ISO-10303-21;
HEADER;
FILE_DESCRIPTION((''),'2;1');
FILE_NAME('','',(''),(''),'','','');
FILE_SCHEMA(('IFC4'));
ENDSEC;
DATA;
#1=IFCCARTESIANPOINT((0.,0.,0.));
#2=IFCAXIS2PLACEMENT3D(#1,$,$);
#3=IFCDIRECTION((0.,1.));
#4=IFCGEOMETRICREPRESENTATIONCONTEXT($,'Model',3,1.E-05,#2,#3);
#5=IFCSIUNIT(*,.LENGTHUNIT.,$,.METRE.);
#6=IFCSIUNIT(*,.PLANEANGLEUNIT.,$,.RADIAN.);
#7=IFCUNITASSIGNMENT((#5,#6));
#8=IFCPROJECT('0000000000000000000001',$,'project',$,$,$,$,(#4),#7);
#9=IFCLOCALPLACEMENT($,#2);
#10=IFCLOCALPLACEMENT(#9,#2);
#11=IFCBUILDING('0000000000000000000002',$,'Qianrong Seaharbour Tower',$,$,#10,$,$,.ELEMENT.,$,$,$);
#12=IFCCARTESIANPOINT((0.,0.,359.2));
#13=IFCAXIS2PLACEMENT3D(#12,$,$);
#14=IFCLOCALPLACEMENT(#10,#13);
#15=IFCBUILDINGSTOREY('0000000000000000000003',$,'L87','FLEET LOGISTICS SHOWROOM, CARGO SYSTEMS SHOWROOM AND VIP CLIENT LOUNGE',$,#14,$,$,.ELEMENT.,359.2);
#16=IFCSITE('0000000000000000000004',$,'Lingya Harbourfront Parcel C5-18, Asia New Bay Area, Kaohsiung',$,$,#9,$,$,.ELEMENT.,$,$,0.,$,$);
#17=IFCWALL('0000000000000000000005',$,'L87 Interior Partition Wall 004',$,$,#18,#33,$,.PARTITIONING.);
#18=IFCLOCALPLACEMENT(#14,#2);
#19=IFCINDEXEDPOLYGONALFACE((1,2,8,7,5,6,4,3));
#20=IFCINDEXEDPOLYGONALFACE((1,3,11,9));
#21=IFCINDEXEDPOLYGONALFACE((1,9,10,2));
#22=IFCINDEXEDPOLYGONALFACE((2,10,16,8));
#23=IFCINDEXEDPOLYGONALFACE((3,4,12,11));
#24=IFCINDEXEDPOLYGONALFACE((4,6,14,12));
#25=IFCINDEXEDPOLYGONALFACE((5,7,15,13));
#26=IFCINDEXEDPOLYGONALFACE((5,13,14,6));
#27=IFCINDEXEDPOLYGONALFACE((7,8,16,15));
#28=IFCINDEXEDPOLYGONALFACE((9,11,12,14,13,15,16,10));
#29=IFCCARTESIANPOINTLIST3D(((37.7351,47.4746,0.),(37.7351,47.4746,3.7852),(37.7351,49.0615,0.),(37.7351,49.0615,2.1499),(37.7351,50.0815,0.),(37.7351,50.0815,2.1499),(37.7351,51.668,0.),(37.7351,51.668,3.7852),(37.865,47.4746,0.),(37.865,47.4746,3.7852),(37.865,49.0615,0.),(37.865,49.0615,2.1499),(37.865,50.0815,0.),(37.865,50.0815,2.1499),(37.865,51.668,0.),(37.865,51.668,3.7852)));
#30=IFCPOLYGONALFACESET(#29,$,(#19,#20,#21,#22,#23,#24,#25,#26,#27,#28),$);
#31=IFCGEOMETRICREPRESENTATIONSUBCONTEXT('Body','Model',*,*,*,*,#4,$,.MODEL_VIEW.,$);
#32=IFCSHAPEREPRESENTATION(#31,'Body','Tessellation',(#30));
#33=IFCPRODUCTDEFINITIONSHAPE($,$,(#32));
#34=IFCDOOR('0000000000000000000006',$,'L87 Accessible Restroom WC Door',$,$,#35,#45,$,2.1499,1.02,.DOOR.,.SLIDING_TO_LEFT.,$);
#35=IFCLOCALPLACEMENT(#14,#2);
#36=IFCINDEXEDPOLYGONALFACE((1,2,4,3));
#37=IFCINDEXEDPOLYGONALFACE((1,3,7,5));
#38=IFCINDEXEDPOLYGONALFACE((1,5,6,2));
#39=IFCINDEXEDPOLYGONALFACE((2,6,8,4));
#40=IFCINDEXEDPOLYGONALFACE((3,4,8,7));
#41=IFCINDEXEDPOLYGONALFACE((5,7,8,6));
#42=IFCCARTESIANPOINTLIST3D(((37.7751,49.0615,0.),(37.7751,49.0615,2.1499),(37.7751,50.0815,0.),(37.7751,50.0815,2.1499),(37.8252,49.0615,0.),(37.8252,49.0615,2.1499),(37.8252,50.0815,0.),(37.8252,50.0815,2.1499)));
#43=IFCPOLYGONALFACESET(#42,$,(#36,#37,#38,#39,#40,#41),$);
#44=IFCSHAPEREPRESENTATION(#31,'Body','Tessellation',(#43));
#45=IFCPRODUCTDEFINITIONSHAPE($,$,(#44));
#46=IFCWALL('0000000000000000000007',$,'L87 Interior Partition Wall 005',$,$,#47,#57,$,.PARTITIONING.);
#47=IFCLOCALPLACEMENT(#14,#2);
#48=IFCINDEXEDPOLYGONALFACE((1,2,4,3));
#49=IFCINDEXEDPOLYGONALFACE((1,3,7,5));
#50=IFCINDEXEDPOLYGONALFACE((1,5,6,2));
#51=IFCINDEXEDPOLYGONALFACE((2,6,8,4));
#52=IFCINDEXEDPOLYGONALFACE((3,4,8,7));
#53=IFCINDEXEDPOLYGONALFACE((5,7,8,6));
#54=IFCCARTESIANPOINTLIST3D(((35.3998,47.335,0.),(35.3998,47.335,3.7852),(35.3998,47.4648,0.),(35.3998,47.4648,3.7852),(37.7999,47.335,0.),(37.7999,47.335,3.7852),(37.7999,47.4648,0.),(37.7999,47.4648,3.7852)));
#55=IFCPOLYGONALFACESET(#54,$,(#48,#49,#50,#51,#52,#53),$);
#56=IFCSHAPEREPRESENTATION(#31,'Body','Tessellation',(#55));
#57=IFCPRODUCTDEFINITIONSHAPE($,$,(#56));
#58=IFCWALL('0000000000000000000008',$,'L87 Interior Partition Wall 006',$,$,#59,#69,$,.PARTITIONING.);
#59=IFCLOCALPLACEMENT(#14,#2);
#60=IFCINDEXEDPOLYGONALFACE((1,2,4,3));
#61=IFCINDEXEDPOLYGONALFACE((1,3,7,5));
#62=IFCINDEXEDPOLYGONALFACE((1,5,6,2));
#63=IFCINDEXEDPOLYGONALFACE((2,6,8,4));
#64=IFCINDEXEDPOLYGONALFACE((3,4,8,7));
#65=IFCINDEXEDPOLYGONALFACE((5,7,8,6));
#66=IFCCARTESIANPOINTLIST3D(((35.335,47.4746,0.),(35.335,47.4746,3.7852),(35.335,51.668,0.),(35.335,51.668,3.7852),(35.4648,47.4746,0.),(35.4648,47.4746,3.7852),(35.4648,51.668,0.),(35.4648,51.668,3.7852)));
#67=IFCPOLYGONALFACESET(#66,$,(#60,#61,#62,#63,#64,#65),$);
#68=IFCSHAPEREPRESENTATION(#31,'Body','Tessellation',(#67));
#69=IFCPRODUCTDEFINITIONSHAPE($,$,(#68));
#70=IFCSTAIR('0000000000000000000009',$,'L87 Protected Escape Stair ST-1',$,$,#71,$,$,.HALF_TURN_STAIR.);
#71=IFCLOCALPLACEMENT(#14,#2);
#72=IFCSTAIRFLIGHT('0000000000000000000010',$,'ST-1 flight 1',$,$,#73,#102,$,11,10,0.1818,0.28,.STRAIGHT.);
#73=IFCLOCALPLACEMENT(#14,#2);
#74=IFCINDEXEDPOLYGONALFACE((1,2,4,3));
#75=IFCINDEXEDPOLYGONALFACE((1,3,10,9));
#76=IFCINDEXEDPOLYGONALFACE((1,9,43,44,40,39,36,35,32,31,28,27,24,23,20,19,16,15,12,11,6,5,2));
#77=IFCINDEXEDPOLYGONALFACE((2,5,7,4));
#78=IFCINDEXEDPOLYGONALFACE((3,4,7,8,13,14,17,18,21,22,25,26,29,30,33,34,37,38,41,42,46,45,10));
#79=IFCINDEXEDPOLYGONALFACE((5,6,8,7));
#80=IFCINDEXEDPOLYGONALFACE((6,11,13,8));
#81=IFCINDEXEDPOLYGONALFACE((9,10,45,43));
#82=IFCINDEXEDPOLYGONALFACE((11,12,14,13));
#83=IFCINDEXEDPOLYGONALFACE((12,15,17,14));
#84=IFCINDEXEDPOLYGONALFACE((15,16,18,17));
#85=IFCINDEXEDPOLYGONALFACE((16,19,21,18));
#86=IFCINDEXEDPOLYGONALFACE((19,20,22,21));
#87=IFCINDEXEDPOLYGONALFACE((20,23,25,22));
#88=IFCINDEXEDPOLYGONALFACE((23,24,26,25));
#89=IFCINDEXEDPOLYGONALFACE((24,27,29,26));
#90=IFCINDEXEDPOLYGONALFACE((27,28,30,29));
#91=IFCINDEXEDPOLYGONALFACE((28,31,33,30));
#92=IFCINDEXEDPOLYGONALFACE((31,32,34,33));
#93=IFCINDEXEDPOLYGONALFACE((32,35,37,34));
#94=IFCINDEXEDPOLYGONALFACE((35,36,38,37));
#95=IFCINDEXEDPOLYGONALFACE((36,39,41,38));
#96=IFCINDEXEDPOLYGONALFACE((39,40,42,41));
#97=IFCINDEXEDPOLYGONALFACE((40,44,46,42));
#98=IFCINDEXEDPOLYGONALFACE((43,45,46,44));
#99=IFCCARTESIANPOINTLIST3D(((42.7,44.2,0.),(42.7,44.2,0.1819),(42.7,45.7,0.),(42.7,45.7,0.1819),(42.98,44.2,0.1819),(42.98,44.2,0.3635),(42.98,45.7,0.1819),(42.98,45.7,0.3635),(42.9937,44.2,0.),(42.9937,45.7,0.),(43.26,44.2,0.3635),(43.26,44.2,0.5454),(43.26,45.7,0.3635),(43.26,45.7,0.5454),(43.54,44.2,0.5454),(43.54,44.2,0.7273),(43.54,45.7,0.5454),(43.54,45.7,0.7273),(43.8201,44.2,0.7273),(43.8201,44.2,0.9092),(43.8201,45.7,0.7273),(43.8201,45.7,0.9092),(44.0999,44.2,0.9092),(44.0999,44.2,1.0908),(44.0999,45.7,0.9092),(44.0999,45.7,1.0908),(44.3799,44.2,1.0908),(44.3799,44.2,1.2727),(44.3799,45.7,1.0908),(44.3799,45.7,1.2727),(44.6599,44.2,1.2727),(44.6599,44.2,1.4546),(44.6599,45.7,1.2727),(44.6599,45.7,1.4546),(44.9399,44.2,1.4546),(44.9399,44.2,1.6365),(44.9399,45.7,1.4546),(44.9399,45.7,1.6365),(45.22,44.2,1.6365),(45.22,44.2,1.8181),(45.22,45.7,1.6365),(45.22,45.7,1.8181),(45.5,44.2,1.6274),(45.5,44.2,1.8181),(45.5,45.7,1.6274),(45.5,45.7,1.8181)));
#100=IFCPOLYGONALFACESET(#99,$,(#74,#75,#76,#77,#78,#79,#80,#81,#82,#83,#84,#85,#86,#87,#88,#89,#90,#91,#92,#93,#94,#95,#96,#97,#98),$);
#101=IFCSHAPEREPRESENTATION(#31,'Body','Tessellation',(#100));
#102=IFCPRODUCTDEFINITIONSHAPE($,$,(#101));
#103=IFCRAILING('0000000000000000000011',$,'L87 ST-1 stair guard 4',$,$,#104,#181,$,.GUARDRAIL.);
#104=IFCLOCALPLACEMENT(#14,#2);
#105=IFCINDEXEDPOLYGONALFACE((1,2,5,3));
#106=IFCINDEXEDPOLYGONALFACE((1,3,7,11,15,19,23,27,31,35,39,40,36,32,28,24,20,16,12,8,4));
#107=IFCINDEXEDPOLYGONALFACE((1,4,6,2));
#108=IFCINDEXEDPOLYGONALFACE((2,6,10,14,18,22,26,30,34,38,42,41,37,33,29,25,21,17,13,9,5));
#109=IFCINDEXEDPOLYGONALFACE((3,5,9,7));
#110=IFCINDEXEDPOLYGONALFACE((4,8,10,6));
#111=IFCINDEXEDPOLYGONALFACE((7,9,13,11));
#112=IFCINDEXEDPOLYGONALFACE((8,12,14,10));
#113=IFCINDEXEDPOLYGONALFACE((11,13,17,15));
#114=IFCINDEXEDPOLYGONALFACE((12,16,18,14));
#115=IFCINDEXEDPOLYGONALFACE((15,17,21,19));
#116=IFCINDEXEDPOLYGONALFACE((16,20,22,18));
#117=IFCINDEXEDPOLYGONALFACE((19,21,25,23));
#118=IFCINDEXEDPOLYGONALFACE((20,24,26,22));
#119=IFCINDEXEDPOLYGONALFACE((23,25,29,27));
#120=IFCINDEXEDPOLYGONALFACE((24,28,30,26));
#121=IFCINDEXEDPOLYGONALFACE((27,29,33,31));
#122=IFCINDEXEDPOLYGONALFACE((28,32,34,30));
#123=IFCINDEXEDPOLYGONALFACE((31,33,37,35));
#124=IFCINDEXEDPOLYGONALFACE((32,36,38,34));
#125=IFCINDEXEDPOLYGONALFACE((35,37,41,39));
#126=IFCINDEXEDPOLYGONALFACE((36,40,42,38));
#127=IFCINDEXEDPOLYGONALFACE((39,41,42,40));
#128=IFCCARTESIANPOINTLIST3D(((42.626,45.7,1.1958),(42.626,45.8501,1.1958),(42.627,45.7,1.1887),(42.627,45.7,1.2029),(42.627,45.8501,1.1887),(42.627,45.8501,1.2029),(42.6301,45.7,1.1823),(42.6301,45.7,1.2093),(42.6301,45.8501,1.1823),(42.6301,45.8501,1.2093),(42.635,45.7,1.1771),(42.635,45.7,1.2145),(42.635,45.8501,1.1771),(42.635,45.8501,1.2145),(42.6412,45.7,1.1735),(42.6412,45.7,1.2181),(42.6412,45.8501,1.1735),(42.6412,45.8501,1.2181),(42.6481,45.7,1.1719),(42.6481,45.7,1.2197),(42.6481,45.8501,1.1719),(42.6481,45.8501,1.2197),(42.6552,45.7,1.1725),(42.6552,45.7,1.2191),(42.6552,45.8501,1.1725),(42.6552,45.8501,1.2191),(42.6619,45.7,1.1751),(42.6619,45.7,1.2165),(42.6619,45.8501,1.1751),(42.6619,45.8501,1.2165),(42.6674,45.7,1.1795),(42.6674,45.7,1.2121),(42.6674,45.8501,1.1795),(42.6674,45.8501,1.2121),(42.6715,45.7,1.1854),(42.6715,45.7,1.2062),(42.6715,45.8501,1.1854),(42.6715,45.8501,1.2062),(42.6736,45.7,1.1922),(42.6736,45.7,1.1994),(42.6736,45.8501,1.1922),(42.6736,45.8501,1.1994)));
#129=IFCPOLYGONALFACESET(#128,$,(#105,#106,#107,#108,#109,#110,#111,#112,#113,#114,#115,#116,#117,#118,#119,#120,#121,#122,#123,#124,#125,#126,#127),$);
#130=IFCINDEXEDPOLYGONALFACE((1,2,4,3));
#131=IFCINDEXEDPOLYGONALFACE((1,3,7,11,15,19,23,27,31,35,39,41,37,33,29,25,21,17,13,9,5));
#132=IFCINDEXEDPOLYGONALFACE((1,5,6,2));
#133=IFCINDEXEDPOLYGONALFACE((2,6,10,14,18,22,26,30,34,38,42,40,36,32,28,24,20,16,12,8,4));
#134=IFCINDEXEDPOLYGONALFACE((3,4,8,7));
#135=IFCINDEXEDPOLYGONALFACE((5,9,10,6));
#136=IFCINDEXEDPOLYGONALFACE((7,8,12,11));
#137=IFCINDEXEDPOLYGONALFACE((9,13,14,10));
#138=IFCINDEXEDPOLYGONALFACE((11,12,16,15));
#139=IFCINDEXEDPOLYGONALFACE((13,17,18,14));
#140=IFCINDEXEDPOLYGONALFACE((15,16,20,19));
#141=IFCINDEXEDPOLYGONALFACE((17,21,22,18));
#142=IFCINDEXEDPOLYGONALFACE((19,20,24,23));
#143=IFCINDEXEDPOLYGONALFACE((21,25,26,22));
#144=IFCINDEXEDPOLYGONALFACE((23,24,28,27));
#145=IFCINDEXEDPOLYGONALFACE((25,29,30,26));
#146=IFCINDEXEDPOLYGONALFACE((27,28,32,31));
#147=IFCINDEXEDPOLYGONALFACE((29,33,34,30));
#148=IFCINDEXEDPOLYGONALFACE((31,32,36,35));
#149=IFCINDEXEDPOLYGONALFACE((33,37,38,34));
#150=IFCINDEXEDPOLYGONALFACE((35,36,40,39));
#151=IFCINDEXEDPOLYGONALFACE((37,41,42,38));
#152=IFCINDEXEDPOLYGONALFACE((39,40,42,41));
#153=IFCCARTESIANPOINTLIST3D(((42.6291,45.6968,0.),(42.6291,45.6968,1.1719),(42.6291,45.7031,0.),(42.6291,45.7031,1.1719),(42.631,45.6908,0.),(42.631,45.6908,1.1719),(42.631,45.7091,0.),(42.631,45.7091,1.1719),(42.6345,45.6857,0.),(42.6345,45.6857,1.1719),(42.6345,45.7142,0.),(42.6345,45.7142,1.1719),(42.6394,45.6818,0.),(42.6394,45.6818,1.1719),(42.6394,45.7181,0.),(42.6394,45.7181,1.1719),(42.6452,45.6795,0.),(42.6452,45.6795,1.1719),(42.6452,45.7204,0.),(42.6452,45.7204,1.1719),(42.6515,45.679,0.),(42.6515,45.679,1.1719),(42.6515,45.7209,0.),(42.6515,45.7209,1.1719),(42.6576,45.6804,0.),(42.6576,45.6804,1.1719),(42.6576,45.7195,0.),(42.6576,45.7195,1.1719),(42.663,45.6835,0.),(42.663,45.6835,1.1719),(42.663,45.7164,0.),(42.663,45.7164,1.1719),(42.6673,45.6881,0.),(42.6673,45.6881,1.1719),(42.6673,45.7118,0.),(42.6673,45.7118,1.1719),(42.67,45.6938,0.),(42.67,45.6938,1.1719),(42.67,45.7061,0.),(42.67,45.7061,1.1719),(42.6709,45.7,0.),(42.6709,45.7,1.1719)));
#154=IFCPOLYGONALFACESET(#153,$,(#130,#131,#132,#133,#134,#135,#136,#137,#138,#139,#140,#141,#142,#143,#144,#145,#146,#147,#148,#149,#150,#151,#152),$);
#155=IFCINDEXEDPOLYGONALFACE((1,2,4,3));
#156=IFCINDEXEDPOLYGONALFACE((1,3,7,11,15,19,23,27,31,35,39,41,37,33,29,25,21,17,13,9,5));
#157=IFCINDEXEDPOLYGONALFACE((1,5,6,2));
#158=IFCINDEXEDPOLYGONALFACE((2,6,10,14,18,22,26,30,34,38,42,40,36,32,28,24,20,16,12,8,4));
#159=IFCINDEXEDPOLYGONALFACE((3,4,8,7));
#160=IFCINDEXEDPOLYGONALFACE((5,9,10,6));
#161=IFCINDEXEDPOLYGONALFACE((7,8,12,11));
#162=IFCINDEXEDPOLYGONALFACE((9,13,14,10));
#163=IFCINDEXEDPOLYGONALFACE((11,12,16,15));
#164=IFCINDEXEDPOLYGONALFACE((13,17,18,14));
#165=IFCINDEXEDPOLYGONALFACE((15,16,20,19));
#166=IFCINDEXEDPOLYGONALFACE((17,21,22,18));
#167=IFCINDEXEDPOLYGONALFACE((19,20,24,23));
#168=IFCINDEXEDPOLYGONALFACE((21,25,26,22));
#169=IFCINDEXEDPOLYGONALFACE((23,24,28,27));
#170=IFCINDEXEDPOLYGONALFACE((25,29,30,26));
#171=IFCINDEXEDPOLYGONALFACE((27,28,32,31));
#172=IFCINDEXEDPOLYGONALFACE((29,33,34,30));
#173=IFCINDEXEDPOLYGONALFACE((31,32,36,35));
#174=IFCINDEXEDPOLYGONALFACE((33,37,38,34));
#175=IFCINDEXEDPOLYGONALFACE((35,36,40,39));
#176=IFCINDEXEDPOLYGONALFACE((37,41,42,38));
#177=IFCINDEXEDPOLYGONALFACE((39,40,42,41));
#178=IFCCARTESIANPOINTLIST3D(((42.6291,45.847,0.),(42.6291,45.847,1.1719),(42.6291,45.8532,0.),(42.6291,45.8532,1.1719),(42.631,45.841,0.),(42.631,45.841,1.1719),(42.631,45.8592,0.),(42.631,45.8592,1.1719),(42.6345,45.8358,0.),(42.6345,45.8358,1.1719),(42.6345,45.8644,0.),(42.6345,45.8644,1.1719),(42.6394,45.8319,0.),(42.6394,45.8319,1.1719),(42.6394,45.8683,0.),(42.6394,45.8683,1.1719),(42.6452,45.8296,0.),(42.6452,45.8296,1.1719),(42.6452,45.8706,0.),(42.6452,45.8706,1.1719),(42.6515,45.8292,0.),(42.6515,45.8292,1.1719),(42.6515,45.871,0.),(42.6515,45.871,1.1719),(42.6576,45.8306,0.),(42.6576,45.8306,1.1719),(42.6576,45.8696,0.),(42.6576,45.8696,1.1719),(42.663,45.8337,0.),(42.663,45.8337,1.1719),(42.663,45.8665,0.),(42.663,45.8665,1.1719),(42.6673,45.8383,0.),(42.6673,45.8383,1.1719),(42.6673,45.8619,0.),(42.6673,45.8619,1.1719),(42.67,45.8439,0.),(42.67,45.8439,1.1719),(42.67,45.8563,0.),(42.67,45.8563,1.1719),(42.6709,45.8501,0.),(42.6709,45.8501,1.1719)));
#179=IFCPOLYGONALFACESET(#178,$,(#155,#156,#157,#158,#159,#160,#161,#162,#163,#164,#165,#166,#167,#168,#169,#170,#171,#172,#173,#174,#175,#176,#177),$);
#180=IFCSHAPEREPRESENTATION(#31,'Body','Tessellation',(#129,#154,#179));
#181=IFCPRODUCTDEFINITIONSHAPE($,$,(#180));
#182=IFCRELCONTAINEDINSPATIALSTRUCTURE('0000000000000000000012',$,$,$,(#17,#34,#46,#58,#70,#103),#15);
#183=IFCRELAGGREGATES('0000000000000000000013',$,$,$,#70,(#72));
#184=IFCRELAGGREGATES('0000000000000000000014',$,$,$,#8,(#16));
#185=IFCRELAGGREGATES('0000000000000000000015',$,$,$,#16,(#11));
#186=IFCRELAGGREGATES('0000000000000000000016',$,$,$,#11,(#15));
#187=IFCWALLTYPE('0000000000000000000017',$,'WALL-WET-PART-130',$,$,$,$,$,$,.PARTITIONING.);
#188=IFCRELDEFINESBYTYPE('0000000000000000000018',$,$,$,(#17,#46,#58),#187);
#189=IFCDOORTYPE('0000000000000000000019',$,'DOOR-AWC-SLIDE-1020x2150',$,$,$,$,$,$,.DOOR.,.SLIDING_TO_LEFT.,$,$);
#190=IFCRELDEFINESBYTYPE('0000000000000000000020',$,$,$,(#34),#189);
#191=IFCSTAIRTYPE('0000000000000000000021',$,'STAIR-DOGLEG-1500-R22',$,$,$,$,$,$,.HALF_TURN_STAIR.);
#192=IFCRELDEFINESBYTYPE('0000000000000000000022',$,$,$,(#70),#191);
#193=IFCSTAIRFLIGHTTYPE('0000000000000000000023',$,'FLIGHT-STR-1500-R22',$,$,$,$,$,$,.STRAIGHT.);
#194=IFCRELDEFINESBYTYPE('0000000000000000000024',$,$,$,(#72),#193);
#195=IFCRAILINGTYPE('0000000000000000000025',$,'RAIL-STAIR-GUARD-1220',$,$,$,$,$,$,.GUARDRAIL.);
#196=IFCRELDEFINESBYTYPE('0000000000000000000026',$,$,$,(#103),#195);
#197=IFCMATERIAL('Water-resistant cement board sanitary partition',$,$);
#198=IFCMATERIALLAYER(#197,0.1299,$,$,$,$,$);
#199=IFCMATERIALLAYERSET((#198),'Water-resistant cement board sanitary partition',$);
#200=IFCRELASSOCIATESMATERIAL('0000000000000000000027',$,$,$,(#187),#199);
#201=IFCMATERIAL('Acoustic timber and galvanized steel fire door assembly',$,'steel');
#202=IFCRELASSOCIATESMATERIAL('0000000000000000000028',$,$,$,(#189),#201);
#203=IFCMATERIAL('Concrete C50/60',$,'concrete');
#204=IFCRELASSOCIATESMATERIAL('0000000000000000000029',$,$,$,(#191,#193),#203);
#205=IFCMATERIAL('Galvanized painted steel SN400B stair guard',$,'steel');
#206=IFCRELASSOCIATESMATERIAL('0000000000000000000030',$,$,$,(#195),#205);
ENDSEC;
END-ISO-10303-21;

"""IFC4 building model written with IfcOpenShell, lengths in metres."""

from ifc_helpers import new_model, si_unit, direction, frame, frame_2d, origin, origin_2d, place, context, subcontext, project, spatial, polyline, rectangle, circle, outline, extrude, material, layer, layer_set, type_object, element, fill, aggregate, save


model = new_model("IFC4")

# Units and contexts
model_context = context("Model", 3, precision=1e-05, world=origin(), true_north=direction((0.0, 1.0)))
body_context = subcontext(model_context, "Body", "Model", "MODEL_VIEW")
ifc_project = project(units=[si_unit("LENGTHUNIT", "METRE"), si_unit("PLANEANGLEUNIT", "RADIAN")], contexts=[model_context])

# Site, building, storey
site_placement = place(None, origin())
site = spatial("IfcSite", under=ifc_project, at=site_placement, Name="Lingya Harbourfront Parcel C5-18, Asia New Bay Area, Kaohsiung", CompositionType="ELEMENT", RefElevation=0.0)
building_placement = place(site_placement, origin())
building = spatial("IfcBuilding", under=site, at=building_placement, Name="Qianrong Seaharbour Tower", CompositionType="ELEMENT")
storey_placement = place(building_placement, frame((0.0, 0.0, 359.2)))
storey = spatial("IfcBuildingStorey", under=building, at=storey_placement, Name="L87", Description="FLEET LOGISTICS SHOWROOM, CARGO SYSTEMS SHOWROOM AND VIP CLIENT LOUNGE", CompositionType="ELEMENT", Elevation=359.2)

# Shared definitions
ifc_material_1 = material(Name="Concrete C50/60", Category="concrete")

# Shared definitions
ifc_material_2 = material(Name="Acoustic timber and galvanized steel fire door assembly", Category="steel")

# Wall, opening, door
ifc_material_3 = material(Name="Water-resistant cement board sanitary partition")
ifc_layer_1 = layer(ifc_material_3, 0.1299)
ifc_layer_set_1 = layer_set([ifc_layer_1], Name="Water-resistant cement board sanitary partition")
wall_type_1 = type_object("IfcWallType", Name="WALL-WET-PART-130", PredefinedType="PARTITIONING", material=ifc_layer_set_1)
wall_1_placement = place(storey_placement, frame((37.8, 47.4746, 0.0), z_axis=(0.0, 0.0, 1.0), x_axis=(0.0, 1.0, 0.0)))
wall_1 = element("IfcWall", 1, at=wall_1_placement, inside=storey, type_object=wall_type_1, Name="L87 Interior Partition Wall 004", PredefinedType="PARTITIONING", context=body_context, shape_type="SweptSolid", body=[
    extrude(rectangle(XDim=4.1934, YDim=0.1299, at=frame_2d((2.0967, 0.0))), origin(), (0.0, 0.0, 1.0), 3.7852),
])
opening_1_placement = place(wall_1_placement, frame((1.5869, 0.0, 0.0)))
opening_1 = element("IfcOpeningElement", 2, at=opening_1_placement, cuts=wall_1, PredefinedType="OPENING", context=body_context, shape_type="SweptSolid", body=[
    extrude(rectangle(XDim=1.02, YDim=2.1499, at=frame_2d((0.51, 1.075))), frame((0.0, 0.075, 0.0), z_axis=(0.0, -1.0, 0.0), x_axis=(1.0, 0.0, 0.0)), (0.0, 0.0, 1.0), 0.1499),
])
door_type_1 = type_object("IfcDoorType", Name="DOOR-AWC-SLIDE-1020x2150", OperationType="SLIDING_TO_LEFT", PredefinedType="DOOR", material=ifc_material_2)
door_1_placement = place(opening_1_placement, origin())
door_1 = element("IfcDoor", 3, at=door_1_placement, inside=storey, type_object=door_type_1, Name="L87 Accessible Restroom WC Door", OperationType="SLIDING_TO_LEFT", OverallHeight=2.1499, OverallWidth=1.02, PredefinedType="DOOR", context=body_context, shape_type="SweptSolid", body=[
    extrude(rectangle(XDim=1.02, YDim=2.1499, at=frame_2d((0.51, 1.075))), frame((0.0, 0.0249, 0.0), z_axis=(0.0, -1.0, 0.0), x_axis=(1.0, 0.0, 0.0)), (0.0, 0.0, 1.0), 0.05),
])
fill(opening_1, door_1)

# Walls
wall_2_placement = place(storey_placement, frame((37.8, 47.3999, 0.0), z_axis=(0.0, 0.0, 1.0), x_axis=(-1.0, 0.0, 0.0)))
element("IfcWall", 4, at=wall_2_placement, inside=storey, type_object=wall_type_1, Name="L87 Interior Partition Wall 005", PredefinedType="PARTITIONING", context=body_context, shape_type="SweptSolid", body=[
    extrude(rectangle(XDim=2.4001, YDim=0.1299, at=frame_2d((1.2002, 0.0))), origin(), (0.0, 0.0, 1.0), 3.7852),
])
wall_3_placement = place(storey_placement, frame((35.3999, 47.4746, 0.0), z_axis=(0.0, 0.0, 1.0), x_axis=(0.0, 1.0, 0.0)))
element("IfcWall", 5, at=wall_3_placement, inside=storey, type_object=wall_type_1, Name="L87 Interior Partition Wall 006", PredefinedType="PARTITIONING", context=body_context, shape_type="SweptSolid", body=[
    extrude(rectangle(XDim=4.1934, YDim=0.1299, at=frame_2d((2.0967, 0.0))), origin(), (0.0, 0.0, 1.0), 3.7852),
])

# Stair, stair flight
stair_type = type_object("IfcStairType", Name="STAIR-DOGLEG-1500-R22", PredefinedType="HALF_TURN_STAIR", material=ifc_material_1)
stair_placement = place(storey_placement, origin())
stair = element("IfcStair", 6, at=stair_placement, inside=storey, type_object=stair_type, Name="L87 Protected Escape Stair ST-1", PredefinedType="HALF_TURN_STAIR")
stair_flight_type = type_object("IfcStairFlightType", Name="FLIGHT-STR-1500-R22", PredefinedType="STRAIGHT", material=ifc_material_1)
stair_flight_placement = place(storey_placement, frame((42.7, 44.95, 0.0), z_axis=(0.0, 0.0, 1.0), x_axis=(1.0, 0.0, 0.0)))
stair_flight = element("IfcStairFlight", 7, at=stair_flight_placement, type_object=stair_flight_type, Name="ST-1 flight 1", NumberOfRisers=11, NumberOfTreads=10, PredefinedType="STRAIGHT", RiserHeight=0.1818, TreadLength=0.28, context=body_context, shape_type="SweptSolid", body=[
    extrude(outline(polyline([(0.0, 0.0), (0.0, 0.1819), (0.28, 0.1819), (0.28, 0.3635), (0.5601, 0.3635), (0.5601, 0.5454), (0.8401, 0.5454), (0.8401, 0.7273), (1.1201, 0.7273), (1.1201, 0.9092), (1.3999, 0.9092), (1.3999, 1.0908), (1.6799, 1.0908), (1.6799, 1.2727), (1.96, 1.2727), (1.96, 1.4546), (2.24, 1.4546), (2.24, 1.6365), (2.52, 1.6365), (2.52, 1.8181), (2.8, 1.8181), (2.8, 2.0), (2.8, 1.6274), (0.2937, 0.0), (0.0, 0.0)])), frame((0.0, 0.75, 0.0), z_axis=(0.0, -1.0, 0.0), x_axis=(1.0, 0.0, 0.0)), (0.0, 0.0, 1.0), 1.5),
])
aggregate(stair, [stair_flight])

# Railing
ifc_material_4 = material(Name="Galvanized painted steel SN400B stair guard", Category="steel")
railing_type = type_object("IfcRailingType", Name="RAIL-STAIR-GUARD-1220", PredefinedType="GUARDRAIL", material=ifc_material_4)
railing_placement = place(storey_placement, frame((42.6499, 45.7, 0.0)))
element("IfcRailing", 8, at=railing_placement, inside=storey, type_object=railing_type, Name="L87 ST-1 stair guard 4", PredefinedType="GUARDRAIL", context=body_context, shape_type="SweptSolid", body=[
    extrude(circle(Radius=0.0239, at=origin_2d()), frame((0.0, 0.0, 1.1958), z_axis=(0.0, 1.0, 0.0), x_axis=(-1.0, 0.0, 0.0)), (0.0, 0.0, 1.0), 0.1501),
    extrude(circle(Radius=0.021, at=origin_2d()), origin(), (0.0, 0.0, 1.0), 1.1719),
    extrude(circle(Radius=0.021, at=origin_2d()), frame((0.0, 0.1501, 0.0)), (0.0, 0.0, 1.0), 1.1719),
])

save(model, "model.ifc")
